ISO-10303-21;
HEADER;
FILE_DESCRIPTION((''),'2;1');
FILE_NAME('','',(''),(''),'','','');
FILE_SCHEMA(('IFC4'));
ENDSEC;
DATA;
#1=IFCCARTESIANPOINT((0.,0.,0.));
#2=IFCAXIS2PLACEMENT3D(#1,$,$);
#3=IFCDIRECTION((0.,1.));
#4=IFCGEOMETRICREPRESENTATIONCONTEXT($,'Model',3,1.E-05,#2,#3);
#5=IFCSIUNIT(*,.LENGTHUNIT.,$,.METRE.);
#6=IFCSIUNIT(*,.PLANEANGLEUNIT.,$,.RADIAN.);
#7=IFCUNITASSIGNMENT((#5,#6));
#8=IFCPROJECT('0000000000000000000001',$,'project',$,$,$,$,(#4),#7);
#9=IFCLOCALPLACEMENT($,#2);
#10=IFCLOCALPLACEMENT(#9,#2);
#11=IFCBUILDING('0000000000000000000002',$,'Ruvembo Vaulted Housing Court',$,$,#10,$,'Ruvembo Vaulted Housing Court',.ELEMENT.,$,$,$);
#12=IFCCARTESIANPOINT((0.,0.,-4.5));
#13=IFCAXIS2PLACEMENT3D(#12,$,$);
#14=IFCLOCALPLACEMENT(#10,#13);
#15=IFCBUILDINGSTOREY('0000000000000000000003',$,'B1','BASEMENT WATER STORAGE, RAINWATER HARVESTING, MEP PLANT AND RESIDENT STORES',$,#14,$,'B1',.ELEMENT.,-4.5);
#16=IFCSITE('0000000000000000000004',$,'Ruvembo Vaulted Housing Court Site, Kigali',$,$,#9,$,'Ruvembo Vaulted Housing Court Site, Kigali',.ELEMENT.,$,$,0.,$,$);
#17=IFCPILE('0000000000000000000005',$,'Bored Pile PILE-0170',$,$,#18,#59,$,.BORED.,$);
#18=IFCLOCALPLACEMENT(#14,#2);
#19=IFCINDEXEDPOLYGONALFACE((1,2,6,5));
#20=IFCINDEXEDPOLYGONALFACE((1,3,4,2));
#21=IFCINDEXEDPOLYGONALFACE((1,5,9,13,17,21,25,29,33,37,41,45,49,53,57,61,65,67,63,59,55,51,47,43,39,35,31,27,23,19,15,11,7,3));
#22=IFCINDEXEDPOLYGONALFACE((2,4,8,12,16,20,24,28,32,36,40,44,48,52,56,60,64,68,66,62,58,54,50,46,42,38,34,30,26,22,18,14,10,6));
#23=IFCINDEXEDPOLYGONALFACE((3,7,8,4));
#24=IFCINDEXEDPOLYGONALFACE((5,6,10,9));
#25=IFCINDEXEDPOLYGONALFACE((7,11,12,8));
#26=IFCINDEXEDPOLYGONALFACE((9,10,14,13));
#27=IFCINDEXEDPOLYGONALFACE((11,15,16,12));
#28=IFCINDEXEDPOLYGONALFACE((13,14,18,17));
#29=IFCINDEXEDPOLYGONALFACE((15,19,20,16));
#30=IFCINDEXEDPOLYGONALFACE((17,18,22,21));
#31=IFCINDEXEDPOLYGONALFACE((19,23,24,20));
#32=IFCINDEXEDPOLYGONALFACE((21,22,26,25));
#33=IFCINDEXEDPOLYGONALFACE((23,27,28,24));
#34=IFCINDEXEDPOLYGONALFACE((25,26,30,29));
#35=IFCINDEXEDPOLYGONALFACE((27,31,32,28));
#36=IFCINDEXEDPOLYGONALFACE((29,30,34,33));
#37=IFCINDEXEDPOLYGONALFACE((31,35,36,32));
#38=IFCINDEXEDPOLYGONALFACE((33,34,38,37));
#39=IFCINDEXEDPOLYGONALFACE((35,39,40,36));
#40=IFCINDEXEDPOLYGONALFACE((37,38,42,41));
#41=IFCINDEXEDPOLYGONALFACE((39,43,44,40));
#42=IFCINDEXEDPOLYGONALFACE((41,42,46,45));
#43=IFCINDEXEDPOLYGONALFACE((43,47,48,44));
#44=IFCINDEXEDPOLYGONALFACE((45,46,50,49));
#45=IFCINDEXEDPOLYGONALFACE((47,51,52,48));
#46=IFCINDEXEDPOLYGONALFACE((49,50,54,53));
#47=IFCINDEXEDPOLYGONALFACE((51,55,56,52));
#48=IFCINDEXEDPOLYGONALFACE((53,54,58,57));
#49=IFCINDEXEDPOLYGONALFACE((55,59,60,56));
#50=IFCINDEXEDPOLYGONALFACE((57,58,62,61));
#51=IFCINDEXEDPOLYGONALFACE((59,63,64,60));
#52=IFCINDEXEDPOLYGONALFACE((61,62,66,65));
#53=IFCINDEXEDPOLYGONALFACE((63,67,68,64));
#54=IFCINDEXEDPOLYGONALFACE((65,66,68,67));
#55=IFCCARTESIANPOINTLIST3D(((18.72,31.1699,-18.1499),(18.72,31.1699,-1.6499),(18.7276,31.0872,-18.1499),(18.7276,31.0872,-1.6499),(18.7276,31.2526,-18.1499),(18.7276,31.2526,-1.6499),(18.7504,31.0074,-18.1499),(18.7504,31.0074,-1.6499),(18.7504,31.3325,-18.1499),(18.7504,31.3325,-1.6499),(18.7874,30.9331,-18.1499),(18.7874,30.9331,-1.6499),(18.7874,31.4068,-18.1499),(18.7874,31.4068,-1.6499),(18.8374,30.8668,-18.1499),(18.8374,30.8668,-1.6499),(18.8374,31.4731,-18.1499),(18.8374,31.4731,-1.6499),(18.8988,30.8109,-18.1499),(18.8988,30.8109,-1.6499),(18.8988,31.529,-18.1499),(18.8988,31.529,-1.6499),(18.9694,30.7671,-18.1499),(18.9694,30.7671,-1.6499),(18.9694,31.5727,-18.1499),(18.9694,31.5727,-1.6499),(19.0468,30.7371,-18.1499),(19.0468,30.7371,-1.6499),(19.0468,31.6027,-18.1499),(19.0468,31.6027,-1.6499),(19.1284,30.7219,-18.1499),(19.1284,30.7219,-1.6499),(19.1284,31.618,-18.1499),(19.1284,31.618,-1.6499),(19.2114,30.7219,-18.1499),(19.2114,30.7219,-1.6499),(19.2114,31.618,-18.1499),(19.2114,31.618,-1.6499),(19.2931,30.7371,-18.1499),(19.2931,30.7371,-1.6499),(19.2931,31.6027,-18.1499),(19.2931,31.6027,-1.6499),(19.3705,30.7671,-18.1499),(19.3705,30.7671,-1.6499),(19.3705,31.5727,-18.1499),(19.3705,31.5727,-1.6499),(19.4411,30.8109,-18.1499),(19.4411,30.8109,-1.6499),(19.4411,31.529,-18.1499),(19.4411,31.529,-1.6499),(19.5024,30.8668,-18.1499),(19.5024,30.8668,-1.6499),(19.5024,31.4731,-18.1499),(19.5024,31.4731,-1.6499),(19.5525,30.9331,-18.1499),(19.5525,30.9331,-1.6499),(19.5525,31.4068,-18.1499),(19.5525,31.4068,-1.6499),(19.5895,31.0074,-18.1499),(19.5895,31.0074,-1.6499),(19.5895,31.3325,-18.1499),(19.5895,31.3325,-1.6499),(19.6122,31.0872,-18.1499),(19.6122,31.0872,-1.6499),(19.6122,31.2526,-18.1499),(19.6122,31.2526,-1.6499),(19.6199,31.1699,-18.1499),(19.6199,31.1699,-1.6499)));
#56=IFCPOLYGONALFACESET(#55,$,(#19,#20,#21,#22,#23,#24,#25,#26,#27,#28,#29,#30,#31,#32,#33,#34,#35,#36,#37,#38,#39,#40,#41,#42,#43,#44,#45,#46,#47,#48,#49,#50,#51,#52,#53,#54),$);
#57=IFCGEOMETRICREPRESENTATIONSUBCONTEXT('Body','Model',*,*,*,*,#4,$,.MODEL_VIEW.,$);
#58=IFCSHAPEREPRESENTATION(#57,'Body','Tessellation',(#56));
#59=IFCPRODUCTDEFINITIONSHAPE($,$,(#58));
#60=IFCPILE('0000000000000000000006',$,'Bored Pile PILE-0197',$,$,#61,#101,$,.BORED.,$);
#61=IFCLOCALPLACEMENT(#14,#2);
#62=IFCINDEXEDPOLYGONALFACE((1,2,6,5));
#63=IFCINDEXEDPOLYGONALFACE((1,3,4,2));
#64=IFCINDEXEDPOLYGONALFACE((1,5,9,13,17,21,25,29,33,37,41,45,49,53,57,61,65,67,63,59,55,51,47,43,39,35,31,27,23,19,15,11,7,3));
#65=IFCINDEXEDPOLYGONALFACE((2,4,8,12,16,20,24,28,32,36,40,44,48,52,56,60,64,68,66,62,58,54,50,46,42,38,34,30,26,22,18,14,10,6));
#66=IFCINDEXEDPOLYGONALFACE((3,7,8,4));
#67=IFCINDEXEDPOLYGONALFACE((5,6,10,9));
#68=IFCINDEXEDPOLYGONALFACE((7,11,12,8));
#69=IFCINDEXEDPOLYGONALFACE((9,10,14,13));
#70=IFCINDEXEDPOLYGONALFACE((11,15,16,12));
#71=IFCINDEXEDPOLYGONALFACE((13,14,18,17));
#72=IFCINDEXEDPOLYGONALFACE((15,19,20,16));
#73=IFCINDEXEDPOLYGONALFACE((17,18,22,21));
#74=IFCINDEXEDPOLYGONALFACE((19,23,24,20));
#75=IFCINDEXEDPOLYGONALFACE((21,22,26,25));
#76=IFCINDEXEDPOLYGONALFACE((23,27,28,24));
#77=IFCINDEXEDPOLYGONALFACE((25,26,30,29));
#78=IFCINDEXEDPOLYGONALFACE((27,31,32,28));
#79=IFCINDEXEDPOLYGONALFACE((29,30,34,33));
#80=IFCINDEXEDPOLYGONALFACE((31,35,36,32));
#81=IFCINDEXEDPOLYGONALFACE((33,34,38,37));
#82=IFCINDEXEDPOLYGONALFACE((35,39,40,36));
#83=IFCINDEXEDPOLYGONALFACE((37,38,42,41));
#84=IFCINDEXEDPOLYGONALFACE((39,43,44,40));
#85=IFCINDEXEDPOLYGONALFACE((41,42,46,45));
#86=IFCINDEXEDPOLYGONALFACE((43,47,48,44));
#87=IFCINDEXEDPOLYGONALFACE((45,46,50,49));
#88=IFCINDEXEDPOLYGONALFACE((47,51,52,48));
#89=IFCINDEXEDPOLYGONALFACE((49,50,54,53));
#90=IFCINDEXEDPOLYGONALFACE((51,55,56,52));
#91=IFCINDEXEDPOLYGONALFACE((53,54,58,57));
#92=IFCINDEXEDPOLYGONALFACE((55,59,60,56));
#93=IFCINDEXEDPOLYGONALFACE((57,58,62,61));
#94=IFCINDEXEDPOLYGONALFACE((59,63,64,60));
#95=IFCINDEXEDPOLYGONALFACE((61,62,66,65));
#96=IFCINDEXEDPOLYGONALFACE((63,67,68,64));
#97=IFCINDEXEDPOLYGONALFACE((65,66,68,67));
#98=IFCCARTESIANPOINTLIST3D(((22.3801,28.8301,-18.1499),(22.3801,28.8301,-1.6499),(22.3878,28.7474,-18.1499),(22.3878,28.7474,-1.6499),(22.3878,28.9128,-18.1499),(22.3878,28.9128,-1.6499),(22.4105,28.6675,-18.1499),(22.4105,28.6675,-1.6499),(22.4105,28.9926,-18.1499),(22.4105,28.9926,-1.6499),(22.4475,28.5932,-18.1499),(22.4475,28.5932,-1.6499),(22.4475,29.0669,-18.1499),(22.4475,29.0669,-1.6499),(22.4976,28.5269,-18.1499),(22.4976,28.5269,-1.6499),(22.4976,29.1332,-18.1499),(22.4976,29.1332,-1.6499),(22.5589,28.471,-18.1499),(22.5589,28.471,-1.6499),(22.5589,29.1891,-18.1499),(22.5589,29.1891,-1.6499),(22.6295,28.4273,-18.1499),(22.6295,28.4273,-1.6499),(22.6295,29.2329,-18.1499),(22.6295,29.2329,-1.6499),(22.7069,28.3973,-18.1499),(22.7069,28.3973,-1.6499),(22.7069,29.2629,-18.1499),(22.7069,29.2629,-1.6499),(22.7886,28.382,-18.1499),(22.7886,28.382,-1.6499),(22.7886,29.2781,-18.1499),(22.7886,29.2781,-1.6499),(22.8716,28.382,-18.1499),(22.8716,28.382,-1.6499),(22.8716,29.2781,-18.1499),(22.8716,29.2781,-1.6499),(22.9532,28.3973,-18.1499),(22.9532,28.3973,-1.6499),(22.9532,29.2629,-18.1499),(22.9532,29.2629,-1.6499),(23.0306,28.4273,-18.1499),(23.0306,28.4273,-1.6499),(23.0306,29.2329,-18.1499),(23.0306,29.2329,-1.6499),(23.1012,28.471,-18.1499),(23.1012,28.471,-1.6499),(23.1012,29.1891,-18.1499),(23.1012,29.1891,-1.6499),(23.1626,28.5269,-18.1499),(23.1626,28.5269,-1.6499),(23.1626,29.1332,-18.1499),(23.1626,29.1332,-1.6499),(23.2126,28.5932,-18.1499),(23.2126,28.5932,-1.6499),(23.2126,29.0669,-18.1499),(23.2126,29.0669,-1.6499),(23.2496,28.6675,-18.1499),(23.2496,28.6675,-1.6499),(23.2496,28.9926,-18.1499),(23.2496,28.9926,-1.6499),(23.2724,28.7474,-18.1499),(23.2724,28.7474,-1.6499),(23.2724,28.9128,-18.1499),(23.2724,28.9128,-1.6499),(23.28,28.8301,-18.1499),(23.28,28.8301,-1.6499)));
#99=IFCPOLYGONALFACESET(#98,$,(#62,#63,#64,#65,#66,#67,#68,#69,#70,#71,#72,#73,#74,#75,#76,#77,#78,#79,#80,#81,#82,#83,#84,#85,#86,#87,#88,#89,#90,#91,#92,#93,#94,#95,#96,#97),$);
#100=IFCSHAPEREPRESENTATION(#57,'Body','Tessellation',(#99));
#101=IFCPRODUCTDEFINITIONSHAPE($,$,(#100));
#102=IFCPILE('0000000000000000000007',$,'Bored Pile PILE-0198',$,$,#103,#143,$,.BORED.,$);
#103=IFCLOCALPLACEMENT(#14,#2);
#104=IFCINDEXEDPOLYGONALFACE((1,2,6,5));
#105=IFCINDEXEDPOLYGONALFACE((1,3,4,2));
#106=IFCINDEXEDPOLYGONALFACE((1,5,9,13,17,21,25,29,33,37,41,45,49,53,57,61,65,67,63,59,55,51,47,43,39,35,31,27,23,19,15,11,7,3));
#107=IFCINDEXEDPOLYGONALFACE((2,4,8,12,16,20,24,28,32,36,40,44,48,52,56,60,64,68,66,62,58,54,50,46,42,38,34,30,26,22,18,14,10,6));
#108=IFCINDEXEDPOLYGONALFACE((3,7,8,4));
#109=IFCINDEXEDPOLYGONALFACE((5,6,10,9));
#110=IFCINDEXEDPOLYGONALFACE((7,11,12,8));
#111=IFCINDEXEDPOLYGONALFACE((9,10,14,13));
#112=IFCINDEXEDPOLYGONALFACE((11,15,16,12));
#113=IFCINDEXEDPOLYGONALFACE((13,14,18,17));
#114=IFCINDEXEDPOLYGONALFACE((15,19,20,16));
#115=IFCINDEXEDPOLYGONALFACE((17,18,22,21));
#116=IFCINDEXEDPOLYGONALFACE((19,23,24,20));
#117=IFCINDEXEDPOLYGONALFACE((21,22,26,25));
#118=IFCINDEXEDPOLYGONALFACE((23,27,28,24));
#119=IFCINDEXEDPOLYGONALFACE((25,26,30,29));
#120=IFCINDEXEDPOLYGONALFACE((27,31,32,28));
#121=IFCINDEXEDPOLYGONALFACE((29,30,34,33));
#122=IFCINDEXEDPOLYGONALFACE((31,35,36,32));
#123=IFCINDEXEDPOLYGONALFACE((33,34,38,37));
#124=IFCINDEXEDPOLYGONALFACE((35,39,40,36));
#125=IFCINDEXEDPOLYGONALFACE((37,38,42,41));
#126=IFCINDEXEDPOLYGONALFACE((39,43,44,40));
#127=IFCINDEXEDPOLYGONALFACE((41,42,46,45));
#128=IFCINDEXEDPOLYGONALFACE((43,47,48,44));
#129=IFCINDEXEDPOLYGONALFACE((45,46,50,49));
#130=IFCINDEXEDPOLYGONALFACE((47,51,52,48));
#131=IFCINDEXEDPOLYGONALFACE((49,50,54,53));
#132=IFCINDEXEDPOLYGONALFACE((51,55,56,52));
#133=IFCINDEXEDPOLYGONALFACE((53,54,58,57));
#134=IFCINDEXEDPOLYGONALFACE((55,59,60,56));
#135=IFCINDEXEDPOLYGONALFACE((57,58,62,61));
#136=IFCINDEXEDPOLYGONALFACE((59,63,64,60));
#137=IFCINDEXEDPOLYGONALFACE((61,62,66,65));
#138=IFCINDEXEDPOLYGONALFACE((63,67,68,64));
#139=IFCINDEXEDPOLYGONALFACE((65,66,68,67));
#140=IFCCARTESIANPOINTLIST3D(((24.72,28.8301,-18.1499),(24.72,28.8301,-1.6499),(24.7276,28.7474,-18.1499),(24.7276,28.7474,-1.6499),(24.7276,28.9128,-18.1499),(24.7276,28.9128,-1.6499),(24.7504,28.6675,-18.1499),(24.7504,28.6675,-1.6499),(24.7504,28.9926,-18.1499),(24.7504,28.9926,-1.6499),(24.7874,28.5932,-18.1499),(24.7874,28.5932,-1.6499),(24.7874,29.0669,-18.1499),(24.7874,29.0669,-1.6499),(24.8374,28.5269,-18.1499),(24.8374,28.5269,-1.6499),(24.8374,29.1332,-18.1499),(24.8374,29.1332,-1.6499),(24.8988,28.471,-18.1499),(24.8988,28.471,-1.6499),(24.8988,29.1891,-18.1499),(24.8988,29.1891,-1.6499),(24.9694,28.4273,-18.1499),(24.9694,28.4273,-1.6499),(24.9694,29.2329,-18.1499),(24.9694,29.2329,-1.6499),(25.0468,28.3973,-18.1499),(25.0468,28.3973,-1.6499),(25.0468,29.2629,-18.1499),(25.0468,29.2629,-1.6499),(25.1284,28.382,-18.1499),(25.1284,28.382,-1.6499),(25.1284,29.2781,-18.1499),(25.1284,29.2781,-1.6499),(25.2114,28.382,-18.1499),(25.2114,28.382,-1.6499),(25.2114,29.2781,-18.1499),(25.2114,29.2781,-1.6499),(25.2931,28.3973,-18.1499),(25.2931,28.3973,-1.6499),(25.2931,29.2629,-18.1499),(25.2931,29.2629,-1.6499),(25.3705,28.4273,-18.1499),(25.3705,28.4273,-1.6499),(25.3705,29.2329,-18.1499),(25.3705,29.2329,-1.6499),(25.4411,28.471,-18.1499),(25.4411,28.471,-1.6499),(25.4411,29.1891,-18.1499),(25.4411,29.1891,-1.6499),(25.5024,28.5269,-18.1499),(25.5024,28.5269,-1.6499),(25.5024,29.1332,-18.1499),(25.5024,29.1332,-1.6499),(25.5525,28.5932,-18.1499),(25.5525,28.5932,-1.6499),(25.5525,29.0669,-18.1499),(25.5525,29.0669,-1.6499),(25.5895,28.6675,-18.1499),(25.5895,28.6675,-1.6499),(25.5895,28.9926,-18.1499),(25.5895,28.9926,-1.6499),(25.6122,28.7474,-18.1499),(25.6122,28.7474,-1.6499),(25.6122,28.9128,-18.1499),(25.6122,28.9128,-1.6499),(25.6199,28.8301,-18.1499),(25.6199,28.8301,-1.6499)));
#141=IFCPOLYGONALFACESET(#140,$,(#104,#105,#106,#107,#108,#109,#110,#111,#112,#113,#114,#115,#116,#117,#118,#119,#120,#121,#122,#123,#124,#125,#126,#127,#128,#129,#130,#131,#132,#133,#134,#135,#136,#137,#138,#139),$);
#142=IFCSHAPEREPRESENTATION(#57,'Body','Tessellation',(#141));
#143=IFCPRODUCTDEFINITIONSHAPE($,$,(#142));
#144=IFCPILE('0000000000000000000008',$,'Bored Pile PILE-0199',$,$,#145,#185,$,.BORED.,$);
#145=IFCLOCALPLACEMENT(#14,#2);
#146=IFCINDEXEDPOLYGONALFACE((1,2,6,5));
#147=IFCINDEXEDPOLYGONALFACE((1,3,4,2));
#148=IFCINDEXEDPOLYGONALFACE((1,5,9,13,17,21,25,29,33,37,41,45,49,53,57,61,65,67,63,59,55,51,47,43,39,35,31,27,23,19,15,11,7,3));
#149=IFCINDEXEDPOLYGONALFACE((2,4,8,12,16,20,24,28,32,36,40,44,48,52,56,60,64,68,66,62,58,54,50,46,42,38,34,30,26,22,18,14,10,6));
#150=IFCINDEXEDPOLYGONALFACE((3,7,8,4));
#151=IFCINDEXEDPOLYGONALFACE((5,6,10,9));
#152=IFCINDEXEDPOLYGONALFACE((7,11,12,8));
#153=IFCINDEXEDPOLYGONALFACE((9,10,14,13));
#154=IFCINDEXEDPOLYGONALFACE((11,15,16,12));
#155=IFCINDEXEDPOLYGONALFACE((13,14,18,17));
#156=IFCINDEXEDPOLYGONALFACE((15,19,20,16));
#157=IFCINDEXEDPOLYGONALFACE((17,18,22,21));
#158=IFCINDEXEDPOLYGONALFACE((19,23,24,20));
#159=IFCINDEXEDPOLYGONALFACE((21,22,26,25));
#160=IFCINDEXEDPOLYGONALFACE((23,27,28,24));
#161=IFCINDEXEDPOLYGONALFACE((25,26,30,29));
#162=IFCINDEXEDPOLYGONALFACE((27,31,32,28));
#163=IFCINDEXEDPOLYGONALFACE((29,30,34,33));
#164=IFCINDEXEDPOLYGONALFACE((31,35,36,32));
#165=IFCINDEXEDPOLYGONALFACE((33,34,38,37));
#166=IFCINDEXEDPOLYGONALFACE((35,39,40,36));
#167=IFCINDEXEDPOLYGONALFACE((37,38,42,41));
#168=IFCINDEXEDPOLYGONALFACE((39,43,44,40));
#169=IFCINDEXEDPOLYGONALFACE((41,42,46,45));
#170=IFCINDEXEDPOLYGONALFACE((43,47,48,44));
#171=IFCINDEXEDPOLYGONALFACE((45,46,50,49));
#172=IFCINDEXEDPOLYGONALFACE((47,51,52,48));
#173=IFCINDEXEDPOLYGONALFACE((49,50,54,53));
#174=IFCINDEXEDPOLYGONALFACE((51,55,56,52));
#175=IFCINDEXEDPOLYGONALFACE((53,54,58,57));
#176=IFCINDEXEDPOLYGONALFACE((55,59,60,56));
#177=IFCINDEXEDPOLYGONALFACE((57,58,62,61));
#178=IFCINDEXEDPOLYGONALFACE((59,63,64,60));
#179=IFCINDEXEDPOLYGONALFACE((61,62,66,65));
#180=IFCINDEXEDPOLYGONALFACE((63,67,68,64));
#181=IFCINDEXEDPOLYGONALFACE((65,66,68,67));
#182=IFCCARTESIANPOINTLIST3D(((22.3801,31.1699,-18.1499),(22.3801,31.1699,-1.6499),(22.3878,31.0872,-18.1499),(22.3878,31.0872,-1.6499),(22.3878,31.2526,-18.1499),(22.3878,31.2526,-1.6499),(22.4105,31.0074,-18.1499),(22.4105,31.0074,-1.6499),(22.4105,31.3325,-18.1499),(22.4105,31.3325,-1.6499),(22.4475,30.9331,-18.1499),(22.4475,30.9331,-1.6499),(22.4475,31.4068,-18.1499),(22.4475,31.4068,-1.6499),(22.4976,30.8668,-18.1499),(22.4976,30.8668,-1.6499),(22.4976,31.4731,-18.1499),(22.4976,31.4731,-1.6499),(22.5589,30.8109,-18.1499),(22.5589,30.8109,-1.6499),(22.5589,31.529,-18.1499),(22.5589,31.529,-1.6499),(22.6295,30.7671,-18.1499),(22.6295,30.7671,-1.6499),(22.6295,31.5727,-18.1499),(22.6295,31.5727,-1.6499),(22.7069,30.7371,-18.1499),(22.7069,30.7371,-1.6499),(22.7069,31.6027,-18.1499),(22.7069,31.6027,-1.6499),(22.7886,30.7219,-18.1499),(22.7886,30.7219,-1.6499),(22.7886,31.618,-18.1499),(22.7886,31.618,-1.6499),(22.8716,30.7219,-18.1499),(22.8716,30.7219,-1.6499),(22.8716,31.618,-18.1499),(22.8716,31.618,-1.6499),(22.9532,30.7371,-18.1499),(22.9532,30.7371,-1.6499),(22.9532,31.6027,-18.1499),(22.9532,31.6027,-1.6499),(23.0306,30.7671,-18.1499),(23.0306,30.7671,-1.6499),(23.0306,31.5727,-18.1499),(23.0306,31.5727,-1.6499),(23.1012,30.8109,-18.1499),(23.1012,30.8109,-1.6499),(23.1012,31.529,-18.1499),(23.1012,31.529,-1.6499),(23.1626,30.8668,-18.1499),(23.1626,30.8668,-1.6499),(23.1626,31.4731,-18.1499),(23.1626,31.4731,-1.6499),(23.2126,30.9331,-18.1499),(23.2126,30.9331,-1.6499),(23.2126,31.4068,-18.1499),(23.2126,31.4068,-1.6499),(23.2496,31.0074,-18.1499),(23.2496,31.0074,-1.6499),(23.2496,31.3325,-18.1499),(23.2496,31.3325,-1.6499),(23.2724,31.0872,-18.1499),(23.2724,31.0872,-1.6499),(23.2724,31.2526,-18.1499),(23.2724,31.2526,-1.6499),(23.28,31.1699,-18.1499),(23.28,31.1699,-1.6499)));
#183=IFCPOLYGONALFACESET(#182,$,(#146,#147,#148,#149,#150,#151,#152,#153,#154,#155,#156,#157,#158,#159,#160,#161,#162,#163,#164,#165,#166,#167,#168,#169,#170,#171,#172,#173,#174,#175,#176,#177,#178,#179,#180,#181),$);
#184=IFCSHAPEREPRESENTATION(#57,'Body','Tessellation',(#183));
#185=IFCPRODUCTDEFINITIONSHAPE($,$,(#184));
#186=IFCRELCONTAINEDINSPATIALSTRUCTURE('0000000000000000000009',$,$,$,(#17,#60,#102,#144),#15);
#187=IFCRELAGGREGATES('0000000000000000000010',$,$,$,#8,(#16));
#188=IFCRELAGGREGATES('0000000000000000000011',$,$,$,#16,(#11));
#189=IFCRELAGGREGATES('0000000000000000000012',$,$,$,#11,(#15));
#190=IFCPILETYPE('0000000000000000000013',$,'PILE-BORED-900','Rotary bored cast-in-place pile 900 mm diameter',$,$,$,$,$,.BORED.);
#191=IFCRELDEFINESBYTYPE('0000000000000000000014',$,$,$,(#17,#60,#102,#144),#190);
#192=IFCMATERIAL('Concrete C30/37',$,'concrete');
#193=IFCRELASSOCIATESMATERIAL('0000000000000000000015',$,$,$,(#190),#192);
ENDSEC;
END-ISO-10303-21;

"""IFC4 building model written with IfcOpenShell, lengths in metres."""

from ifc_helpers import new_model, si_unit, direction, frame, origin, origin_2d, place, context, subcontext, project, spatial, circle, extrude, material, material_profile, profile_set, type_object, element, save


model = new_model("IFC4")

# Units and contexts
model_context = context("Model", 3, precision=1e-05, world=origin(), true_north=direction((0.0, 1.0)))
body_context = subcontext(model_context, "Body", "Model", "MODEL_VIEW")
ifc_project = project(units=[si_unit("LENGTHUNIT", "METRE"), si_unit("PLANEANGLEUNIT", "RADIAN")], contexts=[model_context])

# Site, building, storey
site_placement = place(None, origin())
site = spatial("IfcSite", under=ifc_project, at=site_placement, Name="Ruvembo Vaulted Housing Court Site, Kigali", LongName="Ruvembo Vaulted Housing Court Site, Kigali", CompositionType="ELEMENT", RefElevation=0.0)
building_placement = place(site_placement, origin())
building = spatial("IfcBuilding", under=site, at=building_placement, Name="Ruvembo Vaulted Housing Court", LongName="Ruvembo Vaulted Housing Court", CompositionType="ELEMENT")
storey_placement = place(building_placement, frame((0.0, 0.0, -4.5)))
storey = spatial("IfcBuildingStorey", under=building, at=storey_placement, Name="B1", Description="BASEMENT WATER STORAGE, RAINWATER HARVESTING, MEP PLANT AND RESIDENT STORES", LongName="B1", CompositionType="ELEMENT", Elevation=-4.5)

# Piles
ifc_material_1 = material(Name="Concrete C30/37", Category="concrete")
ifc_material_profile_1 = material_profile(ifc_material_1, circle(Radius=0.45, at=origin_2d()), Name="PILE D900")
ifc_profile_set_1 = profile_set([ifc_material_profile_1], Name="Concrete C30/37")
pile_type_1 = type_object("IfcPileType", Name="PILE-BORED-900", Description="Rotary bored cast-in-place pile 900 mm diameter", PredefinedType="BORED", material=ifc_profile_set_1)
for number, where, z_axis, x_axis, name in (
    (1, (19.1699, 31.1699, -1.6499), (0.0, 0.0, -1.0), (1.0, 0.0, 0.0), "Bored Pile PILE-0170"),
    (2, (22.8301, 28.8301, -1.6499), (0.0, 0.0, -1.0), (1.0, 0.0, 0.0), "Bored Pile PILE-0197"),
    (3, (25.1699, 28.8301, -1.6499), (0.0, 0.0, -1.0), (1.0, 0.0, 0.0), "Bored Pile PILE-0198"),
    (4, (22.8301, 31.1699, -1.6499), (0.0, 0.0, -1.0), (1.0, 0.0, 0.0), "Bored Pile PILE-0199"),
):
    element("IfcPile", number, at=place(storey_placement, frame(where, z_axis=z_axis, x_axis=x_axis)), inside=storey, type_object=pile_type_1, Name=name, PredefinedType="BORED", context=body_context, shape_type="SweptSolid", body=[
        extrude(circle(Radius=0.45, at=origin_2d()), origin(), (0.0, 0.0, 1.0), 16.5),
    ])

save(model, "model.ifc")
